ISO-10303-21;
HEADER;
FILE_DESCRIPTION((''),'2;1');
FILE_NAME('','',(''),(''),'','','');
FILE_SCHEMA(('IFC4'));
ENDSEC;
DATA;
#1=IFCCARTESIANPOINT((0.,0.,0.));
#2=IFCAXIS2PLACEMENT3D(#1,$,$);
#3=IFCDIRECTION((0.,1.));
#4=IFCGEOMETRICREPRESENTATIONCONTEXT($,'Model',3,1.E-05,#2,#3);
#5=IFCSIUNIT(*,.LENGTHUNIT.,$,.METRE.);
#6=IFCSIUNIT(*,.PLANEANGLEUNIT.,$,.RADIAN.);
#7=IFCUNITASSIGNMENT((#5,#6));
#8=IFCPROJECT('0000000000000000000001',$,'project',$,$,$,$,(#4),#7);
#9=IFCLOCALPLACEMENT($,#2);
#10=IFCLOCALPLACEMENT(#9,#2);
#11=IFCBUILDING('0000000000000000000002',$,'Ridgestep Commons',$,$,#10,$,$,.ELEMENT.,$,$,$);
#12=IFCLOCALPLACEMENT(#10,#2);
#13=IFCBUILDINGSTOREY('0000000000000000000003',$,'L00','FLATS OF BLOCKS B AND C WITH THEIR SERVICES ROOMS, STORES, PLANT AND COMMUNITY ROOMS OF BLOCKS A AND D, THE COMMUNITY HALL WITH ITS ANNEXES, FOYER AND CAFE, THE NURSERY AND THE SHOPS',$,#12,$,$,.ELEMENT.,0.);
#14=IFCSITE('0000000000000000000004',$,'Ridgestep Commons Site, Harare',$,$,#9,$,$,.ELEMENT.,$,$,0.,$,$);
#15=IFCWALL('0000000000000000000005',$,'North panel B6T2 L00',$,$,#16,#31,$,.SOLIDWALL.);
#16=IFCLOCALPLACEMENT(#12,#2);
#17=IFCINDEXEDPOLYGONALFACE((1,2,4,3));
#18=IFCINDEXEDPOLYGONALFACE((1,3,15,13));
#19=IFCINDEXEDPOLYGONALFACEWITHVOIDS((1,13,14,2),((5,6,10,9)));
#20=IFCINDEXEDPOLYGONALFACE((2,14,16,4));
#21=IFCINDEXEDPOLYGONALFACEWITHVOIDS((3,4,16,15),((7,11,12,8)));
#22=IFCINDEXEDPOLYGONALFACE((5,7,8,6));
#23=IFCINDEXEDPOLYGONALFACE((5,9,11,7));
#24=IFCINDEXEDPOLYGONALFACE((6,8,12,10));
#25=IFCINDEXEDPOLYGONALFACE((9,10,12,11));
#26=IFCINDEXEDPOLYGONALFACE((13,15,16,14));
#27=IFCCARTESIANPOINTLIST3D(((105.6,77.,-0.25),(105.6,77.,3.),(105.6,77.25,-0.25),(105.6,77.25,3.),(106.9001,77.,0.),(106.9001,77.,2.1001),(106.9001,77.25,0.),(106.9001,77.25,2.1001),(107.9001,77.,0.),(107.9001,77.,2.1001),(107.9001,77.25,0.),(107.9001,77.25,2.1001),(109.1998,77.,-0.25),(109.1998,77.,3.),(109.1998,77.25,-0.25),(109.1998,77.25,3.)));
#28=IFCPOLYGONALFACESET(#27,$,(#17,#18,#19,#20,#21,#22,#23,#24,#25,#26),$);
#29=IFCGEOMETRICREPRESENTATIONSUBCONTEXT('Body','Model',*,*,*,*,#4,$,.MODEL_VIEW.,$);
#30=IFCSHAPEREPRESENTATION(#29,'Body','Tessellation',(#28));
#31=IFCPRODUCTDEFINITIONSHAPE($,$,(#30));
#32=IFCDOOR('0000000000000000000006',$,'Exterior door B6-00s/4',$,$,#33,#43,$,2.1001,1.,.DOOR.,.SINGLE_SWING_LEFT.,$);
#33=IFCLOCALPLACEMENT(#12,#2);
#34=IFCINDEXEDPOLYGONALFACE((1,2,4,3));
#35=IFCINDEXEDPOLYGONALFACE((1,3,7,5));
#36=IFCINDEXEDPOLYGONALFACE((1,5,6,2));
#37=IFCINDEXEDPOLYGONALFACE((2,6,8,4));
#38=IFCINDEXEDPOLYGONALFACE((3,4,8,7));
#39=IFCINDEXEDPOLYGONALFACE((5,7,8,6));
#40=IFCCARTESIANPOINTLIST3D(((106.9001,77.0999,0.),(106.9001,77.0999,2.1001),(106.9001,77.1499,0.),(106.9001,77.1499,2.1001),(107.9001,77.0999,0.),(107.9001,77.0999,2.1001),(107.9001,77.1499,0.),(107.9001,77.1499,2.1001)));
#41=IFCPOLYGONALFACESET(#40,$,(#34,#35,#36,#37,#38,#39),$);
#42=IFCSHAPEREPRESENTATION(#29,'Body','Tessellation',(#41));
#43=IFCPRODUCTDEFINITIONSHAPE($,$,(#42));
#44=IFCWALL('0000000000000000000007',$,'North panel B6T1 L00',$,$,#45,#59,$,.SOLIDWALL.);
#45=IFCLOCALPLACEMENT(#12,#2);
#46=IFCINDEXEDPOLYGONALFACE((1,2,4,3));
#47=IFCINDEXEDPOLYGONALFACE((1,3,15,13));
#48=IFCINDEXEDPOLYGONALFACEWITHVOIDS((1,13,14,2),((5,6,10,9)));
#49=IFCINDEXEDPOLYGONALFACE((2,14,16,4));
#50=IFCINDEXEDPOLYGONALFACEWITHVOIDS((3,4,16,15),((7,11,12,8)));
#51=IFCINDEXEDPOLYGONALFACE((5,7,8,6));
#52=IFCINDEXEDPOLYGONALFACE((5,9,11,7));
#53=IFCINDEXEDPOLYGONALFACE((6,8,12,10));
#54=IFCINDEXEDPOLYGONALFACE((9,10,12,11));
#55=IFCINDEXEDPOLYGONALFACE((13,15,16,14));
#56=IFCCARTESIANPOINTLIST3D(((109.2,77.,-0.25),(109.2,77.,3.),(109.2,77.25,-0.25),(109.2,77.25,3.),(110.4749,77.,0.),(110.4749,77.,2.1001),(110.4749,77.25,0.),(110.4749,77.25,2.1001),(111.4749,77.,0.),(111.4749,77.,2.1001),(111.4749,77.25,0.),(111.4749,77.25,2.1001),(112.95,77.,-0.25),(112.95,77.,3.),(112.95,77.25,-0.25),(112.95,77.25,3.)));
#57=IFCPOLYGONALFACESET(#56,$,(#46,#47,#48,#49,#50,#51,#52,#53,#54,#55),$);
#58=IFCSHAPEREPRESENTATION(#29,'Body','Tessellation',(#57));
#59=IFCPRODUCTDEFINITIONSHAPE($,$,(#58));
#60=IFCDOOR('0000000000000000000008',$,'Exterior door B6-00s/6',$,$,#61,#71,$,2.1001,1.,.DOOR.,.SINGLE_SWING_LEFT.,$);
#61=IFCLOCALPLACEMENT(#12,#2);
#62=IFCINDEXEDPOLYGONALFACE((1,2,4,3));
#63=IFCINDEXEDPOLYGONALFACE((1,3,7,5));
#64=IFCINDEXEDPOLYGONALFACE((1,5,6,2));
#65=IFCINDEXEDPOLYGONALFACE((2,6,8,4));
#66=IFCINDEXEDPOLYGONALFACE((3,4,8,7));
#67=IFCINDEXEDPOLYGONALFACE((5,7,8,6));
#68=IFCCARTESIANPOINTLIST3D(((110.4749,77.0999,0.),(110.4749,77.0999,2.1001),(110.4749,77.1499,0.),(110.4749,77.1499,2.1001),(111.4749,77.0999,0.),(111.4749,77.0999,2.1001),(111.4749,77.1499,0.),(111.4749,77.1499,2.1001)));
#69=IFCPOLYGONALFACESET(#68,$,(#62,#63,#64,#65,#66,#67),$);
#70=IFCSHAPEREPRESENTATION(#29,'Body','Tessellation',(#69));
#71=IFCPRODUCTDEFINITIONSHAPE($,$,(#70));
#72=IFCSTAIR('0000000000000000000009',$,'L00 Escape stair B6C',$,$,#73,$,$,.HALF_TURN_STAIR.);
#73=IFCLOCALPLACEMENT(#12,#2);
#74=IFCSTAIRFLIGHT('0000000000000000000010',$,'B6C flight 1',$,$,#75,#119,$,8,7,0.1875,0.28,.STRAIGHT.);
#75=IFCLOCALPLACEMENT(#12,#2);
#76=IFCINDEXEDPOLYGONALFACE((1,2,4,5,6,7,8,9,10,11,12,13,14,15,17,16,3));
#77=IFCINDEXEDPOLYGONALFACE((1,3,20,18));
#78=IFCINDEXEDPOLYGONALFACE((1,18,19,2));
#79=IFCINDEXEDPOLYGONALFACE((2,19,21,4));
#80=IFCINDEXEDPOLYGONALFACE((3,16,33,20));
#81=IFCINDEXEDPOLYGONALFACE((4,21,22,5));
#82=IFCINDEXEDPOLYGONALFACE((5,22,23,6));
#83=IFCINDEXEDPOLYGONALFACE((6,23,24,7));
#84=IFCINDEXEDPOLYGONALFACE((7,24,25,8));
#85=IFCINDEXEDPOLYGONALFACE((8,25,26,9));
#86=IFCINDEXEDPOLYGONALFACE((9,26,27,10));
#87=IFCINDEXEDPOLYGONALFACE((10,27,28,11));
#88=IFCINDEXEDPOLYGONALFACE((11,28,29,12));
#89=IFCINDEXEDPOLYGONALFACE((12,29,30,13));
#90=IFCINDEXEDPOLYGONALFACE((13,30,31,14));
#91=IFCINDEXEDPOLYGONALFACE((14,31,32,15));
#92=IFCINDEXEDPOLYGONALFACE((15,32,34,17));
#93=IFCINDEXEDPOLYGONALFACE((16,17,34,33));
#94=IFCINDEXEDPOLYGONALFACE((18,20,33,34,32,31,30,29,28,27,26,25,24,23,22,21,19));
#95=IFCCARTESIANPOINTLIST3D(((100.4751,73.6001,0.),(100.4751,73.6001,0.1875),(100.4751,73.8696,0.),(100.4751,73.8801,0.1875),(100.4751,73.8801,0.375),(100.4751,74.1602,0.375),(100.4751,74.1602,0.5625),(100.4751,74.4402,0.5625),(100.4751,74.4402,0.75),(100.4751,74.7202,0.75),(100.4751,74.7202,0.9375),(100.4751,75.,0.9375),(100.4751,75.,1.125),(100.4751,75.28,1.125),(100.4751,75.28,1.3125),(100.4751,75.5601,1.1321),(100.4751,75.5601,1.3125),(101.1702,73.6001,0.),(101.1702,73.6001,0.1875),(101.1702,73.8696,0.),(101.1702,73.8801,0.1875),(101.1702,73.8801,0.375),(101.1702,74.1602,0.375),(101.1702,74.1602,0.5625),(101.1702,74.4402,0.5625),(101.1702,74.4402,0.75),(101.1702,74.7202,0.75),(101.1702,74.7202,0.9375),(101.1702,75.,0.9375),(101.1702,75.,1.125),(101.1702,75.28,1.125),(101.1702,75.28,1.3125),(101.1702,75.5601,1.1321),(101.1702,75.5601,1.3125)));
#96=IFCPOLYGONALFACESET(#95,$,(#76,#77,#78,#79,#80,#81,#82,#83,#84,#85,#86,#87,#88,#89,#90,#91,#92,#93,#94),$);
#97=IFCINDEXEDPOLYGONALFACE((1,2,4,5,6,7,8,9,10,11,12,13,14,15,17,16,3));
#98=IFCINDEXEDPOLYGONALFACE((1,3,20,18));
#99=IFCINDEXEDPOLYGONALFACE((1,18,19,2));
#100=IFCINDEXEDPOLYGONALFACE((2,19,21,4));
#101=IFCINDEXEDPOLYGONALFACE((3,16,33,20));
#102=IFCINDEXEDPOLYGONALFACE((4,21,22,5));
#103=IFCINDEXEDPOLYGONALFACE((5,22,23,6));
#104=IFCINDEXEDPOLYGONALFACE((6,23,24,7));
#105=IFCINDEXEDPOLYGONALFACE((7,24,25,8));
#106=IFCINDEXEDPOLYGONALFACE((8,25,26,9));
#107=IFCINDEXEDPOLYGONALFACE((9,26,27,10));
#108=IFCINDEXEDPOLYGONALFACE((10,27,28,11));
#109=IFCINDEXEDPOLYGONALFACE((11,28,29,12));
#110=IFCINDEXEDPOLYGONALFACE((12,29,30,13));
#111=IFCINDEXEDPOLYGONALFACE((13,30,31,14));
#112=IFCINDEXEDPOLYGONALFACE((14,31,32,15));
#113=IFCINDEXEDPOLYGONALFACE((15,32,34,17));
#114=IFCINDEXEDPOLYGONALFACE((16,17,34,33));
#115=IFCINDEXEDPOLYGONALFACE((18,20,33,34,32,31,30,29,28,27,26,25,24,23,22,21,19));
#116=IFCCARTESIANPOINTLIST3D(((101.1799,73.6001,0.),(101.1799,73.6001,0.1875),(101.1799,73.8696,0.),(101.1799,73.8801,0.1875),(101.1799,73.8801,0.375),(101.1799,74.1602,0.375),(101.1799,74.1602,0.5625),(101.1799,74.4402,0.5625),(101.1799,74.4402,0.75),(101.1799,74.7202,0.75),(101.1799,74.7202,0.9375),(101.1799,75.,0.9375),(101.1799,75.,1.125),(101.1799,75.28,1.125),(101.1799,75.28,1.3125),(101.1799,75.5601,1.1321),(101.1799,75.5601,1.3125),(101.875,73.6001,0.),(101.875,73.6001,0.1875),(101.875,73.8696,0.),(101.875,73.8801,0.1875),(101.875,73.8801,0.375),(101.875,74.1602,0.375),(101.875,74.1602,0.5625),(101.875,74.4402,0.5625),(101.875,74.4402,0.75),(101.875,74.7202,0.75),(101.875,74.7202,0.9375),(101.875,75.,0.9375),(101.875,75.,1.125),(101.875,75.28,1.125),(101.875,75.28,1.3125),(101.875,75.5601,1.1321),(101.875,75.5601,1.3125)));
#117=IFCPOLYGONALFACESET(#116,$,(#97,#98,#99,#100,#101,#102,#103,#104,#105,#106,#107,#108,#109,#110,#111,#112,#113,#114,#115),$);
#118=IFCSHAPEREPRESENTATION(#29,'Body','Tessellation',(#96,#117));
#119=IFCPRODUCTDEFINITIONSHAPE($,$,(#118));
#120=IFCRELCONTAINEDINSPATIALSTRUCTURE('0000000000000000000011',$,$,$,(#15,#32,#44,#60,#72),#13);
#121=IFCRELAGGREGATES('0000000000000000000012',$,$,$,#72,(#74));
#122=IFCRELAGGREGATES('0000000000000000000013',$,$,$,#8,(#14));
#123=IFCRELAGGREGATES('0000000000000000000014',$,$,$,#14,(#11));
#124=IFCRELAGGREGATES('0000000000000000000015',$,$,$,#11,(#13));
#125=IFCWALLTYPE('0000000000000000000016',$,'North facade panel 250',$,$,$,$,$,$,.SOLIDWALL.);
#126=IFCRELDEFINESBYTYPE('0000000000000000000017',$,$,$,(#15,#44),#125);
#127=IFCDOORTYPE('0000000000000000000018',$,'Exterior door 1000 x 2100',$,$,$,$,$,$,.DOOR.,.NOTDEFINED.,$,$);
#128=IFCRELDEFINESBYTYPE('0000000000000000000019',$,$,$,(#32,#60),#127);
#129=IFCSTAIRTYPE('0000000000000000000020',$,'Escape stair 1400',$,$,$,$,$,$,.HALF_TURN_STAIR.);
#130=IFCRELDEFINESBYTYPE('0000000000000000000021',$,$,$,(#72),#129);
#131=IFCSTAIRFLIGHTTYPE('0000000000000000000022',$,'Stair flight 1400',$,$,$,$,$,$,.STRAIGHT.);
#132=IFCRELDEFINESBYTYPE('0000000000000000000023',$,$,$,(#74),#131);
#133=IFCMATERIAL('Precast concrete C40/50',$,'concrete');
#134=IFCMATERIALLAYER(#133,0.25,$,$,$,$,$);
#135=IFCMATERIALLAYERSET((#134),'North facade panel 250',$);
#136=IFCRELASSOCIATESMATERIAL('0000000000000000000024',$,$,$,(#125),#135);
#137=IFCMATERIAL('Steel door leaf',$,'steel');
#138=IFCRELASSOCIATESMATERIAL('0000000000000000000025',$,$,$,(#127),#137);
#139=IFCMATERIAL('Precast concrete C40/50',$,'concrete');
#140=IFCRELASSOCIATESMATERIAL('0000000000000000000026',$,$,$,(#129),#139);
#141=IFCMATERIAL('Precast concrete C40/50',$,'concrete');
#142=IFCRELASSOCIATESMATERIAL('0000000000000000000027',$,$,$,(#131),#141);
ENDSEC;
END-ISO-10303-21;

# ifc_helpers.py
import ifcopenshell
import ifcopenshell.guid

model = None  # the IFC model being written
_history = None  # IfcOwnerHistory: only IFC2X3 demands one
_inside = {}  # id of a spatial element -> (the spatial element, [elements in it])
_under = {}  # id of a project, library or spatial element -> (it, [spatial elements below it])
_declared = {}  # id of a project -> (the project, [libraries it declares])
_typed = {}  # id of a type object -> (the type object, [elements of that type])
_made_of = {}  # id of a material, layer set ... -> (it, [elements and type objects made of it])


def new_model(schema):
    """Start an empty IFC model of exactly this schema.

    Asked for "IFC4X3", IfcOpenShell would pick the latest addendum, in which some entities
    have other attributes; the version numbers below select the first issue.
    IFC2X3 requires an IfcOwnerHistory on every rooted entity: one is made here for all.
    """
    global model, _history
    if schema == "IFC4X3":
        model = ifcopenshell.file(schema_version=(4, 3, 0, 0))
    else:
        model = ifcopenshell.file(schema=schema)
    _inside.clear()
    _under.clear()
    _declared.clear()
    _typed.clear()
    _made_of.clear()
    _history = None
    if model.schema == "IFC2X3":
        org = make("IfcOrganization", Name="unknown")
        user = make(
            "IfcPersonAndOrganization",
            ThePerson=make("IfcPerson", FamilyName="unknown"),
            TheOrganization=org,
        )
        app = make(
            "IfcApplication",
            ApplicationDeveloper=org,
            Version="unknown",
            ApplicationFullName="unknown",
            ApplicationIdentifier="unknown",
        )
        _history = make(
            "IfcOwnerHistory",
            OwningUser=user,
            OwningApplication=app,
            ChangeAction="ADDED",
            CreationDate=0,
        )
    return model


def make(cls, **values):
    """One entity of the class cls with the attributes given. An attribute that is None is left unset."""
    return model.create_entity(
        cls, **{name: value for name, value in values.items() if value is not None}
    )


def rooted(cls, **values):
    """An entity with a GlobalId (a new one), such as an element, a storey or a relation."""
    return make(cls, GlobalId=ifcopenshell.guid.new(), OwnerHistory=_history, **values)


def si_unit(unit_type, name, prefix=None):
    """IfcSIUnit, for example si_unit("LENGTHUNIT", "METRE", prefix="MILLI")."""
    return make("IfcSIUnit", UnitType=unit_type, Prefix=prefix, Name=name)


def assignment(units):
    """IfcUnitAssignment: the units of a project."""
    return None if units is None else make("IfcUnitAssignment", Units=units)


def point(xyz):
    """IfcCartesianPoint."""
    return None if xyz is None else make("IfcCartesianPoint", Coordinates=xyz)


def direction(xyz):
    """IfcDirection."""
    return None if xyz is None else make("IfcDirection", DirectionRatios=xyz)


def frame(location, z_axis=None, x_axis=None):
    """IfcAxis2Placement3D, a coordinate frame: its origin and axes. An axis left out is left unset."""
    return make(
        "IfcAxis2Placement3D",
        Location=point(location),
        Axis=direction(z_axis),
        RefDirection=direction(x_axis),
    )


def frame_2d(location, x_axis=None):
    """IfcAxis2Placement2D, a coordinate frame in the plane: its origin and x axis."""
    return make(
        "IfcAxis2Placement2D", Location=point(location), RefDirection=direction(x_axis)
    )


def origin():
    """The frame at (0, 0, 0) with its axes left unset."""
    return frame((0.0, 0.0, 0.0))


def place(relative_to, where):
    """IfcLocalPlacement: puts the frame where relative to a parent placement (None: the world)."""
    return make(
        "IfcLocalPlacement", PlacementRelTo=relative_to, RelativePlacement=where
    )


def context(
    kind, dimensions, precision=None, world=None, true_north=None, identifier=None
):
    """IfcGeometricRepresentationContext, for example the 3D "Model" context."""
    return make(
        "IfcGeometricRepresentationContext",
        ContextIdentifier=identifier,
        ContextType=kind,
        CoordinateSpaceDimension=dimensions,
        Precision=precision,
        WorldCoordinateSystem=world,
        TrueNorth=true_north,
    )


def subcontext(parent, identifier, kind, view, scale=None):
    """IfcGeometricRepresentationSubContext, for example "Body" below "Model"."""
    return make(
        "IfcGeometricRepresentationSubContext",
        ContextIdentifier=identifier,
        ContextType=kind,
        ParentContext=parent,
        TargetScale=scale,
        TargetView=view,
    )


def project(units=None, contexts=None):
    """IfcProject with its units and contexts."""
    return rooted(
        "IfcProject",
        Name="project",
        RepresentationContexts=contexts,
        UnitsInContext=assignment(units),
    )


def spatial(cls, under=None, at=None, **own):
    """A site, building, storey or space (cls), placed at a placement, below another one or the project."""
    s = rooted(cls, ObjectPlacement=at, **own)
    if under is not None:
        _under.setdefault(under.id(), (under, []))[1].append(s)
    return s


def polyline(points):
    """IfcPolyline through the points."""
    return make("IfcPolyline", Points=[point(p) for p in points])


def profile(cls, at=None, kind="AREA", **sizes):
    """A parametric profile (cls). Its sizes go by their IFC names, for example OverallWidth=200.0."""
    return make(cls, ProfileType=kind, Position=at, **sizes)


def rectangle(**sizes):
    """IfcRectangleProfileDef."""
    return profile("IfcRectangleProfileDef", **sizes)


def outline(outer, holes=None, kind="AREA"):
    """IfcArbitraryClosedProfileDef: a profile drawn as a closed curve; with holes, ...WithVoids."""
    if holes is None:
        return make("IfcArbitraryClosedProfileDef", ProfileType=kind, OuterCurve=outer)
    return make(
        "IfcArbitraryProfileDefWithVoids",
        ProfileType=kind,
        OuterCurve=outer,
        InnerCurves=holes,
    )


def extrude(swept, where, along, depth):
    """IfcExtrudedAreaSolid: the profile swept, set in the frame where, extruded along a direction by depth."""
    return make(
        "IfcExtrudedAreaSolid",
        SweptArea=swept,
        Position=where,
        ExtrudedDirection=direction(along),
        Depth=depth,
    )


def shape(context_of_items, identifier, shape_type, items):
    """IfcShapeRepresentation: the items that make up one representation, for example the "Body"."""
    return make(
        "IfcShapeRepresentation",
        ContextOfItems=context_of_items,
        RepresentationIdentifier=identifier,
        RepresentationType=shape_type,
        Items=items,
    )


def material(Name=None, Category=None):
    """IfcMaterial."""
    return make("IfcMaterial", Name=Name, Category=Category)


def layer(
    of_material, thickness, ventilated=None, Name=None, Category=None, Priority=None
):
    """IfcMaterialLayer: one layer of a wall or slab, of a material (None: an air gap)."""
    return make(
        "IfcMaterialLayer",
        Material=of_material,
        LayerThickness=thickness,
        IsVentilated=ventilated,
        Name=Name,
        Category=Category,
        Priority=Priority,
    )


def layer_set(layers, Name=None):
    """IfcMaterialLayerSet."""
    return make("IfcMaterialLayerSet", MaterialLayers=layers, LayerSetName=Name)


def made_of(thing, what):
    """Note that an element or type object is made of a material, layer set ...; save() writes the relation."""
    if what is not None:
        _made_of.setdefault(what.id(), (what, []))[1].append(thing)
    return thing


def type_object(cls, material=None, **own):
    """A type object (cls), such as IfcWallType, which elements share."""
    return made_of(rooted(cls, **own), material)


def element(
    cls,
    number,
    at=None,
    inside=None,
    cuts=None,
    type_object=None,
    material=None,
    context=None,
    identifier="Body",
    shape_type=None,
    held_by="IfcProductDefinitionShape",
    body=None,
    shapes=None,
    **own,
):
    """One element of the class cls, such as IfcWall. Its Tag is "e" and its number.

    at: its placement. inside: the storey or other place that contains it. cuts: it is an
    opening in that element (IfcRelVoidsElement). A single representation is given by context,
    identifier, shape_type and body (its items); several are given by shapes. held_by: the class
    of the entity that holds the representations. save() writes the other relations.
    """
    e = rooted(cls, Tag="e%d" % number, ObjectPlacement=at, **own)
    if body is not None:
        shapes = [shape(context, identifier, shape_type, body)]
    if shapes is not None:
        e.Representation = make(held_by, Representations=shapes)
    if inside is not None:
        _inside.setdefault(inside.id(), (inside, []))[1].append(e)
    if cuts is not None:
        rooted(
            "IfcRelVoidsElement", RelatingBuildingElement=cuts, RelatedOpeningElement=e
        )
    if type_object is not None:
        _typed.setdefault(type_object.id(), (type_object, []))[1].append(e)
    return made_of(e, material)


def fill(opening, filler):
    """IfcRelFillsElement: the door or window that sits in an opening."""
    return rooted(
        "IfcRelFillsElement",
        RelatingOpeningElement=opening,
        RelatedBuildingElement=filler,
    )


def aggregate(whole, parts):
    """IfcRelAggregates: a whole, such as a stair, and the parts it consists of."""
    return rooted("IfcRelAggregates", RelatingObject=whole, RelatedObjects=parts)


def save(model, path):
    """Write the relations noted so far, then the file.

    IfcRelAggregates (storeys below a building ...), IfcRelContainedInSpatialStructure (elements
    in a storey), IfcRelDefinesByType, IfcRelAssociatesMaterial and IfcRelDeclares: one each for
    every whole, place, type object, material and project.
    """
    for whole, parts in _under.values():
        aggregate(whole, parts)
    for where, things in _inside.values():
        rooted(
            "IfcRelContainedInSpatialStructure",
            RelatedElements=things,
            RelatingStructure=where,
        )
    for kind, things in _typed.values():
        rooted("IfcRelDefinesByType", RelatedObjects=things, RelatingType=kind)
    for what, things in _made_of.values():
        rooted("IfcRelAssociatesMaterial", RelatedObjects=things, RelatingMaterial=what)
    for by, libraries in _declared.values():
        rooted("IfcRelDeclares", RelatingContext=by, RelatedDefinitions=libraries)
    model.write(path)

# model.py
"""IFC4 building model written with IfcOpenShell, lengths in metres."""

from ifc_helpers import new_model, si_unit, direction, frame, frame_2d, origin, place, context, subcontext, project, spatial, polyline, rectangle, outline, extrude, material, layer, layer_set, type_object, element, fill, aggregate, save


model = new_model("IFC4")

# Units and contexts
model_context = context("Model", 3, precision=1e-05, world=origin(), true_north=direction((0.0, 1.0)))
body_context = subcontext(model_context, "Body", "Model", "MODEL_VIEW")
ifc_project = project(units=[si_unit("LENGTHUNIT", "METRE"), si_unit("PLANEANGLEUNIT", "RADIAN")], contexts=[model_context])

# Site, building, storey
site_placement = place(None, origin())
site = spatial("IfcSite", under=ifc_project, at=site_placement, Name="Ridgestep Commons Site, Harare", CompositionType="ELEMENT", RefElevation=0.0)
building_placement = place(site_placement, origin())
building = spatial("IfcBuilding", under=site, at=building_placement, Name="Ridgestep Commons", CompositionType="ELEMENT")
storey_placement = place(building_placement, origin())
storey = spatial("IfcBuildingStorey", under=building, at=storey_placement, Name="L00", Description="FLATS OF BLOCKS B AND C WITH THEIR SERVICES ROOMS, STORES, PLANT AND COMMUNITY ROOMS OF BLOCKS A AND D, THE COMMUNITY HALL WITH ITS ANNEXES, FOYER AND CAFE, THE NURSERY AND THE SHOPS", CompositionType="ELEMENT", Elevation=0.0)

# Walls, openings, doors
ifc_material_1 = material(Name="Precast concrete C40/50", Category="concrete")
ifc_layer_1 = layer(ifc_material_1, 0.25)
ifc_layer_set_1 = layer_set([ifc_layer_1], Name="North facade panel 250")
wall_type = type_object("IfcWallType", Name="North facade panel 250", PredefinedType="SOLIDWALL", material=ifc_layer_set_1)
ifc_material_2 = material(Name="Steel door leaf", Category="steel")
door_type = type_object("IfcDoorType", Name="Exterior door 1000 x 2100", OperationType="NOTDEFINED", PredefinedType="DOOR", material=ifc_material_2)
wall_1_placement = place(storey_placement, frame((105.6001, 77.125, -0.25), z_axis=(0.0, 0.0, 1.0), x_axis=(1.0, 0.0, 0.0)))
wall_1 = element("IfcWall", 1, at=wall_1_placement, inside=storey, type_object=wall_type, Name="North panel B6T2 L00", PredefinedType="SOLIDWALL", context=body_context, shape_type="SweptSolid", body=[
    extrude(rectangle(XDim=3.5999, YDim=0.25, at=frame_2d((1.7998, 0.0))), origin(), (0.0, 0.0, 1.0), 3.25),
])
opening_1_placement = place(wall_1_placement, frame((1.3, 0.0, 0.25)))
opening_1 = element("IfcOpeningElement", 2, at=opening_1_placement, cuts=wall_1, PredefinedType="OPENING", context=body_context, shape_type="SweptSolid", body=[
    extrude(rectangle(XDim=1.0, YDim=2.1001, at=frame_2d((0.5, 1.05))), frame((0.0, 0.135, 0.0), z_axis=(0.0, -1.0, 0.0), x_axis=(1.0, 0.0, 0.0)), (0.0, 0.0, 1.0), 0.27),
])
door_1_placement = place(opening_1_placement, origin())
door_1 = element("IfcDoor", 3, at=door_1_placement, inside=storey, type_object=door_type, Name="Exterior door B6-00s/4", OperationType="SINGLE_SWING_LEFT", OverallHeight=2.1001, OverallWidth=1.0, PredefinedType="DOOR", context=body_context, shape_type="SweptSolid", body=[
    extrude(rectangle(XDim=1.0, YDim=2.1001, at=frame_2d((0.5, 1.05))), frame((0.0, 0.0249, 0.0), z_axis=(0.0, -1.0, 0.0), x_axis=(1.0, 0.0, 0.0)), (0.0, 0.0, 1.0), 0.05),
])
fill(opening_1, door_1)
wall_2_placement = place(storey_placement, frame((109.2, 77.125, -0.25), z_axis=(0.0, 0.0, 1.0), x_axis=(1.0, 0.0, 0.0)))
wall_2 = element("IfcWall", 4, at=wall_2_placement, inside=storey, type_object=wall_type, Name="North panel B6T1 L00", PredefinedType="SOLIDWALL", context=body_context, shape_type="SweptSolid", body=[
    extrude(rectangle(XDim=3.75, YDim=0.25, at=frame_2d((1.875, 0.0))), origin(), (0.0, 0.0, 1.0), 3.25),
])
opening_2_placement = place(wall_2_placement, frame((1.2749, 0.0, 0.25)))
opening_2 = element("IfcOpeningElement", 5, at=opening_2_placement, cuts=wall_2, PredefinedType="OPENING", context=body_context, shape_type="SweptSolid", body=[
    extrude(rectangle(XDim=1.0, YDim=2.1001, at=frame_2d((0.5, 1.05))), frame((0.0, 0.135, 0.0), z_axis=(0.0, -1.0, 0.0), x_axis=(1.0, 0.0, 0.0)), (0.0, 0.0, 1.0), 0.27),
])
door_2_placement = place(opening_2_placement, origin())
door_2 = element("IfcDoor", 6, at=door_2_placement, inside=storey, type_object=door_type, Name="Exterior door B6-00s/6", OperationType="SINGLE_SWING_LEFT", OverallHeight=2.1001, OverallWidth=1.0, PredefinedType="DOOR", context=body_context, shape_type="SweptSolid", body=[
    extrude(rectangle(XDim=1.0, YDim=2.1001, at=frame_2d((0.5, 1.05))), frame((0.0, 0.0249, 0.0), z_axis=(0.0, -1.0, 0.0), x_axis=(1.0, 0.0, 0.0)), (0.0, 0.0, 1.0), 0.05),
])
fill(opening_2, door_2)

# Stair, stair flight
ifc_material_3 = material(Name="Precast concrete C40/50", Category="concrete")
stair_type = type_object("IfcStairType", Name="Escape stair 1400", PredefinedType="HALF_TURN_STAIR", material=ifc_material_3)
stair_placement = place(storey_placement, origin())
stair = element("IfcStair", 7, at=stair_placement, inside=storey, type_object=stair_type, Name="L00 Escape stair B6C", PredefinedType="HALF_TURN_STAIR")
ifc_material_4 = material(Name="Precast concrete C40/50", Category="concrete")
stair_flight_type = type_object("IfcStairFlightType", Name="Stair flight 1400", PredefinedType="STRAIGHT", material=ifc_material_4)
stair_flight_placement = place(storey_placement, frame((101.175, 73.6001, 0.0), z_axis=(0.0, 0.0, 1.0), x_axis=(0.0, 1.0, 0.0)))
stair_flight = element("IfcStairFlight", 8, at=stair_flight_placement, type_object=stair_flight_type, Name="B6C flight 1", NumberOfRisers=8, NumberOfTreads=7, PredefinedType="STRAIGHT", RiserHeight=0.1875, TreadLength=0.28, context=body_context, shape_type="SweptSolid", body=[
    extrude(outline(polyline([(0.0, 0.0), (0.0, 0.1875), (0.28, 0.1875), (0.28, 0.375), (0.5601, 0.375), (0.5601, 0.5625), (0.8401, 0.5625), (0.8401, 0.75), (1.1201, 0.75), (1.1201, 0.9375), (1.3999, 0.9375), (1.3999, 1.125), (1.6799, 1.125), (1.6799, 1.3125), (1.96, 1.3125), (1.96, 1.5), (1.96, 1.1321), (0.2695, 0.0), (0.0, 0.0)])), frame((0.0, 0.7, 0.0), z_axis=(0.0, -1.0, 0.0), x_axis=(1.0, 0.0, 0.0)), (0.0, 0.0, 1.0), 0.6951),
    extrude(outline(polyline([(0.0, 0.0), (0.0, 0.1875), (0.28, 0.1875), (0.28, 0.375), (0.5601, 0.375), (0.5601, 0.5625), (0.8401, 0.5625), (0.8401, 0.75), (1.1201, 0.75), (1.1201, 0.9375), (1.3999, 0.9375), (1.3999, 1.125), (1.6799, 1.125), (1.6799, 1.3125), (1.96, 1.3125), (1.96, 1.5), (1.96, 1.1321), (0.2695, 0.0), (0.0, 0.0)])), frame((0.0, -0.0049, 0.0), z_axis=(0.0, -1.0, 0.0), x_axis=(1.0, 0.0, 0.0)), (0.0, 0.0, 1.0), 0.6951),
])
aggregate(stair, [stair_flight])

save(model, "model.ifc")
